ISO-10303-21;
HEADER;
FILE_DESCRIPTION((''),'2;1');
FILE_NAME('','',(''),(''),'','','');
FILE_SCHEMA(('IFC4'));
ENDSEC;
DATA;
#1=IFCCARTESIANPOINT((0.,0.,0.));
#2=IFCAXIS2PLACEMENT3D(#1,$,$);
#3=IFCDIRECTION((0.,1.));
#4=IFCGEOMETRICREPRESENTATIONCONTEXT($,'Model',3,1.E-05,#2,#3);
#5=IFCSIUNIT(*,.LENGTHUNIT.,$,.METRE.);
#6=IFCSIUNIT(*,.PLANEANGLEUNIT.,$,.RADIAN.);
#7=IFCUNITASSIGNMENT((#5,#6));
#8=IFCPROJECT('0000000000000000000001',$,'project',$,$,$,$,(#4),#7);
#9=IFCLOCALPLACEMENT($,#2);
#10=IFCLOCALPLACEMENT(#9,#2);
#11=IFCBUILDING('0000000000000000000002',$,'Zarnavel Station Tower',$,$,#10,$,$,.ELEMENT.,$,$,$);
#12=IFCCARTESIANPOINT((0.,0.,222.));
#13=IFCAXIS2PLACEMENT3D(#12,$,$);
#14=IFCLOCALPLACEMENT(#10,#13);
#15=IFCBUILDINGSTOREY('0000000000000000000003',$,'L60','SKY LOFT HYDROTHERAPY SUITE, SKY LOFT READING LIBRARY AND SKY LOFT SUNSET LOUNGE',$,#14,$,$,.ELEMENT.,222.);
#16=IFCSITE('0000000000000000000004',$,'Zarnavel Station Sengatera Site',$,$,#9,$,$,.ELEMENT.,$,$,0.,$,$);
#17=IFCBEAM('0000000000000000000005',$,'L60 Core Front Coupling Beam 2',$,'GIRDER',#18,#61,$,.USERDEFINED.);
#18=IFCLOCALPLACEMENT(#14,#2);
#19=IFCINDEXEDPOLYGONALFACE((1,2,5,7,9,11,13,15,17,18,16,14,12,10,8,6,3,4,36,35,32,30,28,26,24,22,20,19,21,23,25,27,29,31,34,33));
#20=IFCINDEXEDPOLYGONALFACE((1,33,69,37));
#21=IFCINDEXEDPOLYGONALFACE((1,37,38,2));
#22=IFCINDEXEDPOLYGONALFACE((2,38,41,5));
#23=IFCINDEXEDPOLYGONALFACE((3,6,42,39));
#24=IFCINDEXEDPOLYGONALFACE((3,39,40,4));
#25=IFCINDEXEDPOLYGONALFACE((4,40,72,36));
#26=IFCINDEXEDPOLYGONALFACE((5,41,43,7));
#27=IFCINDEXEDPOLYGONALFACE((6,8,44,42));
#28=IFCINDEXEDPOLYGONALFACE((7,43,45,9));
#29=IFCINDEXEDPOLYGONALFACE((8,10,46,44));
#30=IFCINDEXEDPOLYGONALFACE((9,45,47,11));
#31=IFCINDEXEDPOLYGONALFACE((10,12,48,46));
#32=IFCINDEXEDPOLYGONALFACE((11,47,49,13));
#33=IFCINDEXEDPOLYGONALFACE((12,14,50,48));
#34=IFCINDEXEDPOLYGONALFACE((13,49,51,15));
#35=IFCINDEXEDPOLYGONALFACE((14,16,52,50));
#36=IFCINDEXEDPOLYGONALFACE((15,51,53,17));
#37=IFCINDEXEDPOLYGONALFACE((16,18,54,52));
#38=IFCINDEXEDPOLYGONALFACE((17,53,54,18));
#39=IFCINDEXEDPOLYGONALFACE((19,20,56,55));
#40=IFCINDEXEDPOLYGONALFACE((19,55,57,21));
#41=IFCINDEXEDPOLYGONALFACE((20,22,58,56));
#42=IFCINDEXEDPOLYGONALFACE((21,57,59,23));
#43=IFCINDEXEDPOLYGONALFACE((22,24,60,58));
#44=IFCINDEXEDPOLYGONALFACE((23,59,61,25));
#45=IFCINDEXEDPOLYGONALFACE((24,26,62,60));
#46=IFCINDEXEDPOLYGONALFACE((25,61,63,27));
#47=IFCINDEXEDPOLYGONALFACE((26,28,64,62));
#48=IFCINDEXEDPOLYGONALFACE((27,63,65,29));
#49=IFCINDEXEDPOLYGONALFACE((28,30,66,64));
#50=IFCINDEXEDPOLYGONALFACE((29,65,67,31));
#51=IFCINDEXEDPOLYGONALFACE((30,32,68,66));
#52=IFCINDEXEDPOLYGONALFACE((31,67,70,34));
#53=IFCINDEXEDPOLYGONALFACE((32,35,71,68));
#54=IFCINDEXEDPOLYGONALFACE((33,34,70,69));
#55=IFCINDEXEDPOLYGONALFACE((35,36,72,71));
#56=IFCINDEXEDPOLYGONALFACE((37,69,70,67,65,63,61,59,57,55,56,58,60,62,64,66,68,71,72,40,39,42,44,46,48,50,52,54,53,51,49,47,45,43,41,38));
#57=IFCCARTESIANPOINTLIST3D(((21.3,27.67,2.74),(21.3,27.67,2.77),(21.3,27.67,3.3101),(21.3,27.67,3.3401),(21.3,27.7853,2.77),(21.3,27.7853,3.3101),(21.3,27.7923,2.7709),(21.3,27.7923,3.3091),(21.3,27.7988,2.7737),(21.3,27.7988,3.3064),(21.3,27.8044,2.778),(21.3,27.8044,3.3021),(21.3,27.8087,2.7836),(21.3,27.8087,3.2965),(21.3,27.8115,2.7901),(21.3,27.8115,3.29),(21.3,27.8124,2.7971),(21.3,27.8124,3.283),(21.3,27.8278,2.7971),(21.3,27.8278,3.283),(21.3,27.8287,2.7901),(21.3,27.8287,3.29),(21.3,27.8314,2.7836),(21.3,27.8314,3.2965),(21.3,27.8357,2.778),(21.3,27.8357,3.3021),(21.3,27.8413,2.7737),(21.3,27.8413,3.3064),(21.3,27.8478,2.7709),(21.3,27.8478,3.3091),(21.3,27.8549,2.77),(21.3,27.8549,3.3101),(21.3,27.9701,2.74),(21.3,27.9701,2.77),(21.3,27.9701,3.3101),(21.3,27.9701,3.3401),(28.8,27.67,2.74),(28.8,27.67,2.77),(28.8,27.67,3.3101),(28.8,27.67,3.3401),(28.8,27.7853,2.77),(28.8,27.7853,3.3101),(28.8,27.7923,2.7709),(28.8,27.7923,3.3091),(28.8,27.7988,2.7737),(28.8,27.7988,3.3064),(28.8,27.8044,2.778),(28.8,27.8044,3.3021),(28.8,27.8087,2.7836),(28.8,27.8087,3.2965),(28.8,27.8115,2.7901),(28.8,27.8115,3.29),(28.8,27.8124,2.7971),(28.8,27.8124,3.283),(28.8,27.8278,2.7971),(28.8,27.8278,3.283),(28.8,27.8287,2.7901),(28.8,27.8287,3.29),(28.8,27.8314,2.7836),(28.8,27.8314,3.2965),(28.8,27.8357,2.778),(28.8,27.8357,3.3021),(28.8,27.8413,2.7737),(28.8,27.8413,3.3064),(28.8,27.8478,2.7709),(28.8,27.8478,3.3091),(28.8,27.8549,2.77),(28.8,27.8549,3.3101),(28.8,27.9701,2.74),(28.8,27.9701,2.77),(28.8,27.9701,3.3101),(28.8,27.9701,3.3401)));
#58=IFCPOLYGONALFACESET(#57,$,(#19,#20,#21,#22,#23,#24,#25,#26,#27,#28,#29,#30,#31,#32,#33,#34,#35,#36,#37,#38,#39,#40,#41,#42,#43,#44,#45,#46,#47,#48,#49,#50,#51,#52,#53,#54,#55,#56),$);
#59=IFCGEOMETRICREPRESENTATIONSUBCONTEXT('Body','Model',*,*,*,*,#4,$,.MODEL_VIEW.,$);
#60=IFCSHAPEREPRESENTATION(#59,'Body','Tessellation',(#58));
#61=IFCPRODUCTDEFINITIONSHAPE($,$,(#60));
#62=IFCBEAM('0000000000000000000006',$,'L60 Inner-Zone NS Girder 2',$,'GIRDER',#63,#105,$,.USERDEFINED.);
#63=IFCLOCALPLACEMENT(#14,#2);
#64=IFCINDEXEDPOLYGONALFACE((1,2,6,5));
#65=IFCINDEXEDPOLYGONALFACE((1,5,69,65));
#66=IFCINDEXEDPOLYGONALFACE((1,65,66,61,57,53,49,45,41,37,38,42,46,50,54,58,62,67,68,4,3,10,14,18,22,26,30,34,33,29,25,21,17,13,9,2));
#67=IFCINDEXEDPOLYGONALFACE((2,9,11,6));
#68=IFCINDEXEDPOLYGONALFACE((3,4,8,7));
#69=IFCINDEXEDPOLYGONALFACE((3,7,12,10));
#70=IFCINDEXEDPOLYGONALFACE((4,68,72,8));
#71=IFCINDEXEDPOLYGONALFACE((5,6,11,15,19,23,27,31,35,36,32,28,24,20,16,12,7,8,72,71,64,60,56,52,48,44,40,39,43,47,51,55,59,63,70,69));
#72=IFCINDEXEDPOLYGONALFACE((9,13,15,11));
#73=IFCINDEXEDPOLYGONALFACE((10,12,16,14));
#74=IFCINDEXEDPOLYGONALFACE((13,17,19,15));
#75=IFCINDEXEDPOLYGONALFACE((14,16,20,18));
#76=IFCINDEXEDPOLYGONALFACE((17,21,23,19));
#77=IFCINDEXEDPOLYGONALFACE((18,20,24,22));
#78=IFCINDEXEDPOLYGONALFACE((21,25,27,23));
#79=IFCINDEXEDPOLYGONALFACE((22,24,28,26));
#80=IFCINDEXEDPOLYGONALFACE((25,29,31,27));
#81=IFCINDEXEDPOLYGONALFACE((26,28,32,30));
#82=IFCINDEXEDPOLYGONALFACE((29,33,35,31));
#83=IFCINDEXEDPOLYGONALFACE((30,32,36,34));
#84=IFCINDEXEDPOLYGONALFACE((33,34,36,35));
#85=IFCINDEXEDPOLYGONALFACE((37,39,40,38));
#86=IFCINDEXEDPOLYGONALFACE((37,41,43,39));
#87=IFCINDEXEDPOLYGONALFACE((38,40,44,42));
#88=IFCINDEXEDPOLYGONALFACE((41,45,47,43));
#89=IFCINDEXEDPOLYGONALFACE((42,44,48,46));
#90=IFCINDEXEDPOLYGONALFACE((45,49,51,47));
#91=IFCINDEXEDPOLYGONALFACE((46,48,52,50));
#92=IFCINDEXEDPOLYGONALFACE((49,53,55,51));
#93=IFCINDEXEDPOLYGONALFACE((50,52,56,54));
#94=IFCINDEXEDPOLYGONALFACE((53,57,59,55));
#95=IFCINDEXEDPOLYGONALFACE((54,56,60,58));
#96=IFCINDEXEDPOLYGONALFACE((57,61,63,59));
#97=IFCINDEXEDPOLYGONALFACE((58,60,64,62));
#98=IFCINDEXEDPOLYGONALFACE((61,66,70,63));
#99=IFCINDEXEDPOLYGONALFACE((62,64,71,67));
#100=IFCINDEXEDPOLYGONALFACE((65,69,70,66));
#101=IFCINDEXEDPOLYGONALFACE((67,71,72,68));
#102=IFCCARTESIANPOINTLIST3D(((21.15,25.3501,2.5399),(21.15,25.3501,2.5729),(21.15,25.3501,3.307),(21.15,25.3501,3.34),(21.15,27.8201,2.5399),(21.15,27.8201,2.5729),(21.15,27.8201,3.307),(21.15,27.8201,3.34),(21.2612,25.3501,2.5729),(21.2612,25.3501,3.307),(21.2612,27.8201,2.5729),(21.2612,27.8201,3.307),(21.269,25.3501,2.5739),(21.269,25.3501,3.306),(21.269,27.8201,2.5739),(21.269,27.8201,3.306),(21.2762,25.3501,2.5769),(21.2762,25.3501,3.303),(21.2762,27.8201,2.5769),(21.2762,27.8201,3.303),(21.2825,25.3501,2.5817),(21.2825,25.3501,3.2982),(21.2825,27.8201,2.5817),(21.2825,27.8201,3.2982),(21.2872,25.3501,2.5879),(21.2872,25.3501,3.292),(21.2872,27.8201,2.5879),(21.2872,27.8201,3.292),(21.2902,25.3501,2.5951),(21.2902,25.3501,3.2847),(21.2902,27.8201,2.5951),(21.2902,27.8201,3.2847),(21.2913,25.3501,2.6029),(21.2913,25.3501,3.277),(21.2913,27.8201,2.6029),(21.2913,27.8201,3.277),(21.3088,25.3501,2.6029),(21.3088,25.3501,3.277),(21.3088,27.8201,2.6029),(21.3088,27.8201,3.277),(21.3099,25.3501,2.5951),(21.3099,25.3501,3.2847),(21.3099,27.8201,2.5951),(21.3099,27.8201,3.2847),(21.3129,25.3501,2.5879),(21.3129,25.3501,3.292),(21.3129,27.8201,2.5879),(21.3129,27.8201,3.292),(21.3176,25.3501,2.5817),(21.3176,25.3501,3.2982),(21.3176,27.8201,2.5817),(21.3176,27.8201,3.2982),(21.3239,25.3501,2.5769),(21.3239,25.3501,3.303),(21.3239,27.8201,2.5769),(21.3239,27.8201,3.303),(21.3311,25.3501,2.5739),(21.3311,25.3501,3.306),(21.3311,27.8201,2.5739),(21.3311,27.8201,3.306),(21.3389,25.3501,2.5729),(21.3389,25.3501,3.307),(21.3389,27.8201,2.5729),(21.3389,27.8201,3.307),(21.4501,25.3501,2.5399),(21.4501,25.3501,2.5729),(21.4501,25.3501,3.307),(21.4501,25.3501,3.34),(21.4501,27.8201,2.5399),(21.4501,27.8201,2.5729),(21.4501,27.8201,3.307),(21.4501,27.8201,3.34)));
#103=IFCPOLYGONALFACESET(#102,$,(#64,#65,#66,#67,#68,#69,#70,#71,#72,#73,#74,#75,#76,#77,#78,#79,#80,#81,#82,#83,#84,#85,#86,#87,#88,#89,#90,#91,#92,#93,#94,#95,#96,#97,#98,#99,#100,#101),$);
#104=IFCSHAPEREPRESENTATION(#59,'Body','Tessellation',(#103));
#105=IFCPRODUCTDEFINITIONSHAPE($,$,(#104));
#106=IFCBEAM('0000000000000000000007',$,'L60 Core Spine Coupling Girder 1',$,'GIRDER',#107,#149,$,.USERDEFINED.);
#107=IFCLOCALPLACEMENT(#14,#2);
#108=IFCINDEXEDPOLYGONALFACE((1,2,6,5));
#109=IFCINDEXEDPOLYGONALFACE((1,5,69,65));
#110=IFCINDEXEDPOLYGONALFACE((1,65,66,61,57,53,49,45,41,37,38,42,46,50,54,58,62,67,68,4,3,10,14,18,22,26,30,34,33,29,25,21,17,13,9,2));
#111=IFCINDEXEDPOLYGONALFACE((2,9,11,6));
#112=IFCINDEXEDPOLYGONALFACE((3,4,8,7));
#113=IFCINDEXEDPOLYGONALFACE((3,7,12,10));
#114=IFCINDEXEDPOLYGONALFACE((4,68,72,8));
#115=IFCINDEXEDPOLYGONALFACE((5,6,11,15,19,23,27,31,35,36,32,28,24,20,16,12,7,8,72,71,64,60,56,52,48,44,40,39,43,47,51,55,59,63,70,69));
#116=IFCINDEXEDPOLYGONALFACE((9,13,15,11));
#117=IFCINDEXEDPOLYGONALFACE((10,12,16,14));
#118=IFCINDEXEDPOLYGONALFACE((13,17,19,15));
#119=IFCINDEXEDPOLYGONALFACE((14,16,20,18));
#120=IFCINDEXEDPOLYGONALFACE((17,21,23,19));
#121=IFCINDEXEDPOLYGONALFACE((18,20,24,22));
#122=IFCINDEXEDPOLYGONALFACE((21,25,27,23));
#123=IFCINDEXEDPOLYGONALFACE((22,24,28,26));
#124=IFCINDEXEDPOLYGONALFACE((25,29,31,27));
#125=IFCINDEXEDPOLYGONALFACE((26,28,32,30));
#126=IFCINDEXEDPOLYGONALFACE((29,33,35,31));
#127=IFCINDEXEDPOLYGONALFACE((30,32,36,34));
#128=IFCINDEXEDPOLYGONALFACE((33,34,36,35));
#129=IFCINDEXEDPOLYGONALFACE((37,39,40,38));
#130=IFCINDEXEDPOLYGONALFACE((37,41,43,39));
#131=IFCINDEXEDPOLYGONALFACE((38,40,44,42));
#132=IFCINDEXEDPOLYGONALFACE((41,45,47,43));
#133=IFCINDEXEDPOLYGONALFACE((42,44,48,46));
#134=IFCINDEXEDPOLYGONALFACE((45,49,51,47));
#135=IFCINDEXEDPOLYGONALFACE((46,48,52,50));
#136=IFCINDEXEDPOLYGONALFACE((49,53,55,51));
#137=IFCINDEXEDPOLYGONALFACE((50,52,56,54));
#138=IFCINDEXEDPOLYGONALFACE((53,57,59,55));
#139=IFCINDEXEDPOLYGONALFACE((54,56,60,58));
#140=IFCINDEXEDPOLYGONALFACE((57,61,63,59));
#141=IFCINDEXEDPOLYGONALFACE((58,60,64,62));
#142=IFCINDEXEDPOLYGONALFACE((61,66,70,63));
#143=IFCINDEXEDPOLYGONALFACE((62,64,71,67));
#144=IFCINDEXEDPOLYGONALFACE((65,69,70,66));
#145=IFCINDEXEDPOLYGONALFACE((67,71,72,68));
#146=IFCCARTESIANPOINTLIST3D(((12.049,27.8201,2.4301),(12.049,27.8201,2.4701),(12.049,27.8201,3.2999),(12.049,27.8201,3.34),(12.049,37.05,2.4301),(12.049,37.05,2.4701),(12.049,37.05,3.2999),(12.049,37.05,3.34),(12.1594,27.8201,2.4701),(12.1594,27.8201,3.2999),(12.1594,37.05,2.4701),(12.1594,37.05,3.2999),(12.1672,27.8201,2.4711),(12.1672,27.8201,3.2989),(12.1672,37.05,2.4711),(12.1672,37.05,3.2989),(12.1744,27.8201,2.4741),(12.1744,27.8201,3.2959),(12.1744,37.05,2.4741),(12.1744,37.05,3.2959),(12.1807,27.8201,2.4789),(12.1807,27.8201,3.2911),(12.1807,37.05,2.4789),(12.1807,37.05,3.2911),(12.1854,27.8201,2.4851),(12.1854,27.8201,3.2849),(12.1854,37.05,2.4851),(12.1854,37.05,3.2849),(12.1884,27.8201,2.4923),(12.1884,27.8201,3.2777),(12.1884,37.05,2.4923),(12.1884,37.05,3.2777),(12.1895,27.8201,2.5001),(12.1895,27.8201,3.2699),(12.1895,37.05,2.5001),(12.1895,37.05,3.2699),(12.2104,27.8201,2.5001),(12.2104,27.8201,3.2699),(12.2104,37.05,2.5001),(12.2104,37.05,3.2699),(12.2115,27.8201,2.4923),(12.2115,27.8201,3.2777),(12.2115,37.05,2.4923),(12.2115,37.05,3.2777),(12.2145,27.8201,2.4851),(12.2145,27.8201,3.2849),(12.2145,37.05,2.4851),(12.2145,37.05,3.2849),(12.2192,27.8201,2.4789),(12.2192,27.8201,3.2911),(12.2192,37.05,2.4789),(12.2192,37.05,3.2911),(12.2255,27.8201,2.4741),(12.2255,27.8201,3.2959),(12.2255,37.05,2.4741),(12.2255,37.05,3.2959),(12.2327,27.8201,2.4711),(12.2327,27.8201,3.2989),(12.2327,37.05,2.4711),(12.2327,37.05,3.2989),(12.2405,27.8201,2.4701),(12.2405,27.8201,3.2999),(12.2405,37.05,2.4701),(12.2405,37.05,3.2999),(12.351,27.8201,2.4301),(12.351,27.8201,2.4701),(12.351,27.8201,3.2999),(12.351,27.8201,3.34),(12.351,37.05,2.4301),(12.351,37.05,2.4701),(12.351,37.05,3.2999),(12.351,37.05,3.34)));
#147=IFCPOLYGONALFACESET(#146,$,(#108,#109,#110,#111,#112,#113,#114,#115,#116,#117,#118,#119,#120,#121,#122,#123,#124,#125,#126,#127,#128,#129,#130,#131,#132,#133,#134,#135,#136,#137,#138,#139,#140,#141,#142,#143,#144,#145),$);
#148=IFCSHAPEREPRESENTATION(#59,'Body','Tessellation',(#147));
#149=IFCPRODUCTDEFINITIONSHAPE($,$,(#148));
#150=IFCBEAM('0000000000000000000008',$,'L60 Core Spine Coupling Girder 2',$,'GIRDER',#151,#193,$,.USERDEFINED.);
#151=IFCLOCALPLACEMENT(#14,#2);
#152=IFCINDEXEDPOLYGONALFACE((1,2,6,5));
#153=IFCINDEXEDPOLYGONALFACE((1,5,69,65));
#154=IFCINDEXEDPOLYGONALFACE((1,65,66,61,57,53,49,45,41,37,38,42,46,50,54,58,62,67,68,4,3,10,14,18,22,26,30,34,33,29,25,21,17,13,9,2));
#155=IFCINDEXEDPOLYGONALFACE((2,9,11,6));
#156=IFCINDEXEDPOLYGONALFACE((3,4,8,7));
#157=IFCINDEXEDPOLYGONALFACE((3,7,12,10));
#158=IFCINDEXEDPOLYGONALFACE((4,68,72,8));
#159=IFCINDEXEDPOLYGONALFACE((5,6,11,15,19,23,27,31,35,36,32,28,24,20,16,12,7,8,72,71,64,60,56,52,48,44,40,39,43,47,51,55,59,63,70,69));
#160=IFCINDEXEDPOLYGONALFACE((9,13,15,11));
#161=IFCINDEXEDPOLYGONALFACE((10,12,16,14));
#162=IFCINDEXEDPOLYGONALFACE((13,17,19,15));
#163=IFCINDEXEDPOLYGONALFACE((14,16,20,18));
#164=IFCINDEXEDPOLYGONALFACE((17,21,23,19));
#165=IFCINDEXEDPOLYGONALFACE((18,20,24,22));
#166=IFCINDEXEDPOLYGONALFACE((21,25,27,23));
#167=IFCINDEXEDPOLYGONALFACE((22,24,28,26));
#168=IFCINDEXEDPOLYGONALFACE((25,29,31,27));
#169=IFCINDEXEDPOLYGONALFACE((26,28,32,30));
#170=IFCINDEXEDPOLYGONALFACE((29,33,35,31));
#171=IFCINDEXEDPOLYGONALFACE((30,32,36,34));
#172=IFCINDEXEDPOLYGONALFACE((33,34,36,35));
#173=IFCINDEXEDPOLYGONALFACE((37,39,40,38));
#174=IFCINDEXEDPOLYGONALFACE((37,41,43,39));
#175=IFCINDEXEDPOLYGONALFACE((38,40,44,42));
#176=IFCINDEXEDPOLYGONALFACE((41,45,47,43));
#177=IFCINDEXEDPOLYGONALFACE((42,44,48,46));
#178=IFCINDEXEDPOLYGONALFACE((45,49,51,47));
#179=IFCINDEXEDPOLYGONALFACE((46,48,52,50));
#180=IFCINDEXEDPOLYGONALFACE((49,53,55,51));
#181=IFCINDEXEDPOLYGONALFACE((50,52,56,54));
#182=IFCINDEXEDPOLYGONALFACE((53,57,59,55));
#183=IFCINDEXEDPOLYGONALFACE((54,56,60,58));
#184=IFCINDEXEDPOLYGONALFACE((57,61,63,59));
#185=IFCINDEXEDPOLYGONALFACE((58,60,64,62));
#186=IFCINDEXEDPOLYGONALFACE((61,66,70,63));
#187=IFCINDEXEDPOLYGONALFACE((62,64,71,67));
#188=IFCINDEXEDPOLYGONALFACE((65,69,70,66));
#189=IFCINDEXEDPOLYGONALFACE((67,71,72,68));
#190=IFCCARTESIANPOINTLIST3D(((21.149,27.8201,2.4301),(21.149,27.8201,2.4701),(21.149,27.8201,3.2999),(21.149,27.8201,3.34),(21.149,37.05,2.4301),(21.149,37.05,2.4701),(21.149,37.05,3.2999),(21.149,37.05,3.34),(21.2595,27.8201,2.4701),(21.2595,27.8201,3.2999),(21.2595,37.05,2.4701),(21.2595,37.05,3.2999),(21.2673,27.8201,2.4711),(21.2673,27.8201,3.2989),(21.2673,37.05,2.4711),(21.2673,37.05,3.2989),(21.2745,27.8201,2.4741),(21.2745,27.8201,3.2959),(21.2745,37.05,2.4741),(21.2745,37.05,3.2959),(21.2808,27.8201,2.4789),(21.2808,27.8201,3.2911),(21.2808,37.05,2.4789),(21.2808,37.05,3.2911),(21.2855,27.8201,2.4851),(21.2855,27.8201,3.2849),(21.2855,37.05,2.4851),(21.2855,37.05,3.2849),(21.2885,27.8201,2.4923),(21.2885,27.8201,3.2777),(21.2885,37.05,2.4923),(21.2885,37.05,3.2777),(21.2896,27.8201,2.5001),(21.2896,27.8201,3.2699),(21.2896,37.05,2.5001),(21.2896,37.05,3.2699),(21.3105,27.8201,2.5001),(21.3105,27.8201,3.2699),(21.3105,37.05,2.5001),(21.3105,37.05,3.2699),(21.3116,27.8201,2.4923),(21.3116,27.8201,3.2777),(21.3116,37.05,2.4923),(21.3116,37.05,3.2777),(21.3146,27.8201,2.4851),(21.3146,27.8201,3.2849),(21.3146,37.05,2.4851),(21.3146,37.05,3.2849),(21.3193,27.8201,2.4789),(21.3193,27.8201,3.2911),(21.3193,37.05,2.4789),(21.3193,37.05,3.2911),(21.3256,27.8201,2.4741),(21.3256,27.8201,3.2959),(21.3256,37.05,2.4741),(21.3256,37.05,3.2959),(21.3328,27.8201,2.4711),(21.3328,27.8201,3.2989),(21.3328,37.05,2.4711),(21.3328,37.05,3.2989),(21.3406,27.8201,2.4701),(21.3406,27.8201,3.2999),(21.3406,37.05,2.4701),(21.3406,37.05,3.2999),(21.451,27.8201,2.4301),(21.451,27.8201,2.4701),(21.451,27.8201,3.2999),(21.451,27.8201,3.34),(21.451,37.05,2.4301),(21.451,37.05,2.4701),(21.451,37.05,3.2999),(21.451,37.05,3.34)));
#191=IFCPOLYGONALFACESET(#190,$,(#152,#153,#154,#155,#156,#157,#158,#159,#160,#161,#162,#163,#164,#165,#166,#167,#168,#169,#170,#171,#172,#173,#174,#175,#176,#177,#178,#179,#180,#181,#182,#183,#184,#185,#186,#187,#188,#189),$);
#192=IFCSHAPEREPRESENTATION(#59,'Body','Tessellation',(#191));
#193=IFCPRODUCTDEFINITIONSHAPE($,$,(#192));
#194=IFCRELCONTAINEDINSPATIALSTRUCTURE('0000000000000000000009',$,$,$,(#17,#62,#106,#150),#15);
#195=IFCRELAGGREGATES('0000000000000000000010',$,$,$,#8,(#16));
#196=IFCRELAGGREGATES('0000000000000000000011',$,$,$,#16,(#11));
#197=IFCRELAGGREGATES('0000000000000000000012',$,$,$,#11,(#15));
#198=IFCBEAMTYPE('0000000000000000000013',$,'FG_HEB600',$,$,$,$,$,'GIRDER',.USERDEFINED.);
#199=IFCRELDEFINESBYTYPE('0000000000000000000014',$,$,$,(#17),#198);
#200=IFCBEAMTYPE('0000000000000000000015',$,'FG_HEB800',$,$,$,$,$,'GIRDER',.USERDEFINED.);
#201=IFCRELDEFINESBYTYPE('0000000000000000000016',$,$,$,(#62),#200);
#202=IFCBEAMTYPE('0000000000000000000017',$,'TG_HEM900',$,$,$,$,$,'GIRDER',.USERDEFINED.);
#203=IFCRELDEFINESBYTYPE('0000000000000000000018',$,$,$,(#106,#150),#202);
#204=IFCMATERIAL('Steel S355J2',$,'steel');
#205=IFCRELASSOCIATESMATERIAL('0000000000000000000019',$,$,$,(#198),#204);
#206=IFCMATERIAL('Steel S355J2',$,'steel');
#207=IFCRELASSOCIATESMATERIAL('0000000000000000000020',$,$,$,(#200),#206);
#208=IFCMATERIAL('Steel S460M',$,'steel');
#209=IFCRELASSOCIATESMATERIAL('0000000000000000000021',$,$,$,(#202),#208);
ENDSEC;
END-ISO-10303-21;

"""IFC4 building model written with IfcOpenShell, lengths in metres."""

from ifc_helpers import new_model, si_unit, direction, frame, origin, origin_2d, place, context, subcontext, project, spatial, i_section, extrude, material, material_profile, profile_set, type_object, element, save


model = new_model("IFC4")

# Units and contexts
model_context = context("Model", 3, precision=1e-05, world=origin(), true_north=direction((0.0, 1.0)))
body_context = subcontext(model_context, "Body", "Model", "MODEL_VIEW")
ifc_project = project(units=[si_unit("LENGTHUNIT", "METRE"), si_unit("PLANEANGLEUNIT", "RADIAN")], contexts=[model_context])

# Site, building, storey
site_placement = place(None, origin())
site = spatial("IfcSite", under=ifc_project, at=site_placement, Name="Zarnavel Station Sengatera Site", CompositionType="ELEMENT", RefElevation=0.0)
building_placement = place(site_placement, origin())
building = spatial("IfcBuilding", under=site, at=building_placement, Name="Zarnavel Station Tower", CompositionType="ELEMENT")
storey_placement = place(building_placement, frame((0.0, 0.0, 222.0)))
storey = spatial("IfcBuildingStorey", under=building, at=storey_placement, Name="L60", Description="SKY LOFT HYDROTHERAPY SUITE, SKY LOFT READING LIBRARY AND SKY LOFT SUNSET LOUNGE", CompositionType="ELEMENT", Elevation=222.0)

# Beams
ifc_material_1 = material(Name="Steel S355J2", Category="steel")
ifc_material_profile_1 = material_profile(ifc_material_1, i_section(OverallWidth=0.3, OverallDepth=0.6001, WebThickness=0.0154, FlangeThickness=0.03, FilletRadius=0.0271, at=origin_2d()), Name="HEB600")
ifc_profile_set_1 = profile_set([ifc_material_profile_1], Name="Steel S355J2")
beam_type_1 = type_object("IfcBeamType", Name="FG_HEB600", ElementType="GIRDER", PredefinedType="USERDEFINED", material=ifc_profile_set_1)
beam_1_placement = place(storey_placement, frame((21.3, 27.8201, 3.04), z_axis=(1.0, 0.0, 0.0), x_axis=(0.0, 1.0, 0.0)))
element("IfcBeam", 1, at=beam_1_placement, inside=storey, type_object=beam_type_1, Name="L60 Core Front Coupling Beam 2", ObjectType="GIRDER", PredefinedType="USERDEFINED", context=body_context, shape_type="SweptSolid", body=[
    extrude(i_section(OverallWidth=0.3, OverallDepth=0.6001, WebThickness=0.0154, FlangeThickness=0.03, FilletRadius=0.0271, at=origin_2d()), origin(), (0.0, 0.0, 1.0), 7.5),
])
ifc_material_2 = material(Name="Steel S355J2", Category="steel")
ifc_material_profile_2 = material_profile(ifc_material_2, i_section(OverallWidth=0.3, OverallDepth=0.8, WebThickness=0.0176, FlangeThickness=0.033, FilletRadius=0.03, at=origin_2d()), Name="HEB800")
ifc_profile_set_2 = profile_set([ifc_material_profile_2], Name="Steel S355J2")
beam_type_2 = type_object("IfcBeamType", Name="FG_HEB800", ElementType="GIRDER", PredefinedType="USERDEFINED", material=ifc_profile_set_2)
beam_2_placement = place(storey_placement, frame((21.3, 25.3501, 2.9399), z_axis=(0.0, 1.0, 0.0), x_axis=(-1.0, 0.0, 0.0)))
element("IfcBeam", 2, at=beam_2_placement, inside=storey, type_object=beam_type_2, Name="L60 Inner-Zone NS Girder 2", ObjectType="GIRDER", PredefinedType="USERDEFINED", context=body_context, shape_type="SweptSolid", body=[
    extrude(i_section(OverallWidth=0.3, OverallDepth=0.8, WebThickness=0.0176, FlangeThickness=0.033, FilletRadius=0.03, at=origin_2d()), origin(), (0.0, 0.0, 1.0), 2.47),
])
ifc_material_3 = material(Name="Steel S460M", Category="steel")
ifc_material_profile_3 = material_profile(ifc_material_3, i_section(OverallWidth=0.302, OverallDepth=0.9099, WebThickness=0.021, FlangeThickness=0.04, FilletRadius=0.03, at=origin_2d()), Name="HEM900")
ifc_profile_set_3 = profile_set([ifc_material_profile_3], Name="Steel S460M")
beam_type_3 = type_object("IfcBeamType", Name="TG_HEM900", ElementType="GIRDER", PredefinedType="USERDEFINED", material=ifc_profile_set_3)
for number, where, z_axis, x_axis, name in (
    (3, (12.2, 27.8201, 2.885), (0.0, 1.0, 0.0), (-1.0, 0.0, 0.0), "L60 Core Spine Coupling Girder 1"),
    (4, (21.3, 27.8201, 2.885), (0.0, 1.0, 0.0), (-1.0, 0.0, 0.0), "L60 Core Spine Coupling Girder 2"),
):
    element("IfcBeam", number, at=place(storey_placement, frame(where, z_axis=z_axis, x_axis=x_axis)), inside=storey, type_object=beam_type_3, Name=name, ObjectType="GIRDER", PredefinedType="USERDEFINED", context=body_context, shape_type="SweptSolid", body=[
        extrude(i_section(OverallWidth=0.302, OverallDepth=0.9099, WebThickness=0.021, FlangeThickness=0.04, FilletRadius=0.03, at=origin_2d()), origin(), (0.0, 0.0, 1.0), 9.23),
    ])

save(model, "model.ifc")
